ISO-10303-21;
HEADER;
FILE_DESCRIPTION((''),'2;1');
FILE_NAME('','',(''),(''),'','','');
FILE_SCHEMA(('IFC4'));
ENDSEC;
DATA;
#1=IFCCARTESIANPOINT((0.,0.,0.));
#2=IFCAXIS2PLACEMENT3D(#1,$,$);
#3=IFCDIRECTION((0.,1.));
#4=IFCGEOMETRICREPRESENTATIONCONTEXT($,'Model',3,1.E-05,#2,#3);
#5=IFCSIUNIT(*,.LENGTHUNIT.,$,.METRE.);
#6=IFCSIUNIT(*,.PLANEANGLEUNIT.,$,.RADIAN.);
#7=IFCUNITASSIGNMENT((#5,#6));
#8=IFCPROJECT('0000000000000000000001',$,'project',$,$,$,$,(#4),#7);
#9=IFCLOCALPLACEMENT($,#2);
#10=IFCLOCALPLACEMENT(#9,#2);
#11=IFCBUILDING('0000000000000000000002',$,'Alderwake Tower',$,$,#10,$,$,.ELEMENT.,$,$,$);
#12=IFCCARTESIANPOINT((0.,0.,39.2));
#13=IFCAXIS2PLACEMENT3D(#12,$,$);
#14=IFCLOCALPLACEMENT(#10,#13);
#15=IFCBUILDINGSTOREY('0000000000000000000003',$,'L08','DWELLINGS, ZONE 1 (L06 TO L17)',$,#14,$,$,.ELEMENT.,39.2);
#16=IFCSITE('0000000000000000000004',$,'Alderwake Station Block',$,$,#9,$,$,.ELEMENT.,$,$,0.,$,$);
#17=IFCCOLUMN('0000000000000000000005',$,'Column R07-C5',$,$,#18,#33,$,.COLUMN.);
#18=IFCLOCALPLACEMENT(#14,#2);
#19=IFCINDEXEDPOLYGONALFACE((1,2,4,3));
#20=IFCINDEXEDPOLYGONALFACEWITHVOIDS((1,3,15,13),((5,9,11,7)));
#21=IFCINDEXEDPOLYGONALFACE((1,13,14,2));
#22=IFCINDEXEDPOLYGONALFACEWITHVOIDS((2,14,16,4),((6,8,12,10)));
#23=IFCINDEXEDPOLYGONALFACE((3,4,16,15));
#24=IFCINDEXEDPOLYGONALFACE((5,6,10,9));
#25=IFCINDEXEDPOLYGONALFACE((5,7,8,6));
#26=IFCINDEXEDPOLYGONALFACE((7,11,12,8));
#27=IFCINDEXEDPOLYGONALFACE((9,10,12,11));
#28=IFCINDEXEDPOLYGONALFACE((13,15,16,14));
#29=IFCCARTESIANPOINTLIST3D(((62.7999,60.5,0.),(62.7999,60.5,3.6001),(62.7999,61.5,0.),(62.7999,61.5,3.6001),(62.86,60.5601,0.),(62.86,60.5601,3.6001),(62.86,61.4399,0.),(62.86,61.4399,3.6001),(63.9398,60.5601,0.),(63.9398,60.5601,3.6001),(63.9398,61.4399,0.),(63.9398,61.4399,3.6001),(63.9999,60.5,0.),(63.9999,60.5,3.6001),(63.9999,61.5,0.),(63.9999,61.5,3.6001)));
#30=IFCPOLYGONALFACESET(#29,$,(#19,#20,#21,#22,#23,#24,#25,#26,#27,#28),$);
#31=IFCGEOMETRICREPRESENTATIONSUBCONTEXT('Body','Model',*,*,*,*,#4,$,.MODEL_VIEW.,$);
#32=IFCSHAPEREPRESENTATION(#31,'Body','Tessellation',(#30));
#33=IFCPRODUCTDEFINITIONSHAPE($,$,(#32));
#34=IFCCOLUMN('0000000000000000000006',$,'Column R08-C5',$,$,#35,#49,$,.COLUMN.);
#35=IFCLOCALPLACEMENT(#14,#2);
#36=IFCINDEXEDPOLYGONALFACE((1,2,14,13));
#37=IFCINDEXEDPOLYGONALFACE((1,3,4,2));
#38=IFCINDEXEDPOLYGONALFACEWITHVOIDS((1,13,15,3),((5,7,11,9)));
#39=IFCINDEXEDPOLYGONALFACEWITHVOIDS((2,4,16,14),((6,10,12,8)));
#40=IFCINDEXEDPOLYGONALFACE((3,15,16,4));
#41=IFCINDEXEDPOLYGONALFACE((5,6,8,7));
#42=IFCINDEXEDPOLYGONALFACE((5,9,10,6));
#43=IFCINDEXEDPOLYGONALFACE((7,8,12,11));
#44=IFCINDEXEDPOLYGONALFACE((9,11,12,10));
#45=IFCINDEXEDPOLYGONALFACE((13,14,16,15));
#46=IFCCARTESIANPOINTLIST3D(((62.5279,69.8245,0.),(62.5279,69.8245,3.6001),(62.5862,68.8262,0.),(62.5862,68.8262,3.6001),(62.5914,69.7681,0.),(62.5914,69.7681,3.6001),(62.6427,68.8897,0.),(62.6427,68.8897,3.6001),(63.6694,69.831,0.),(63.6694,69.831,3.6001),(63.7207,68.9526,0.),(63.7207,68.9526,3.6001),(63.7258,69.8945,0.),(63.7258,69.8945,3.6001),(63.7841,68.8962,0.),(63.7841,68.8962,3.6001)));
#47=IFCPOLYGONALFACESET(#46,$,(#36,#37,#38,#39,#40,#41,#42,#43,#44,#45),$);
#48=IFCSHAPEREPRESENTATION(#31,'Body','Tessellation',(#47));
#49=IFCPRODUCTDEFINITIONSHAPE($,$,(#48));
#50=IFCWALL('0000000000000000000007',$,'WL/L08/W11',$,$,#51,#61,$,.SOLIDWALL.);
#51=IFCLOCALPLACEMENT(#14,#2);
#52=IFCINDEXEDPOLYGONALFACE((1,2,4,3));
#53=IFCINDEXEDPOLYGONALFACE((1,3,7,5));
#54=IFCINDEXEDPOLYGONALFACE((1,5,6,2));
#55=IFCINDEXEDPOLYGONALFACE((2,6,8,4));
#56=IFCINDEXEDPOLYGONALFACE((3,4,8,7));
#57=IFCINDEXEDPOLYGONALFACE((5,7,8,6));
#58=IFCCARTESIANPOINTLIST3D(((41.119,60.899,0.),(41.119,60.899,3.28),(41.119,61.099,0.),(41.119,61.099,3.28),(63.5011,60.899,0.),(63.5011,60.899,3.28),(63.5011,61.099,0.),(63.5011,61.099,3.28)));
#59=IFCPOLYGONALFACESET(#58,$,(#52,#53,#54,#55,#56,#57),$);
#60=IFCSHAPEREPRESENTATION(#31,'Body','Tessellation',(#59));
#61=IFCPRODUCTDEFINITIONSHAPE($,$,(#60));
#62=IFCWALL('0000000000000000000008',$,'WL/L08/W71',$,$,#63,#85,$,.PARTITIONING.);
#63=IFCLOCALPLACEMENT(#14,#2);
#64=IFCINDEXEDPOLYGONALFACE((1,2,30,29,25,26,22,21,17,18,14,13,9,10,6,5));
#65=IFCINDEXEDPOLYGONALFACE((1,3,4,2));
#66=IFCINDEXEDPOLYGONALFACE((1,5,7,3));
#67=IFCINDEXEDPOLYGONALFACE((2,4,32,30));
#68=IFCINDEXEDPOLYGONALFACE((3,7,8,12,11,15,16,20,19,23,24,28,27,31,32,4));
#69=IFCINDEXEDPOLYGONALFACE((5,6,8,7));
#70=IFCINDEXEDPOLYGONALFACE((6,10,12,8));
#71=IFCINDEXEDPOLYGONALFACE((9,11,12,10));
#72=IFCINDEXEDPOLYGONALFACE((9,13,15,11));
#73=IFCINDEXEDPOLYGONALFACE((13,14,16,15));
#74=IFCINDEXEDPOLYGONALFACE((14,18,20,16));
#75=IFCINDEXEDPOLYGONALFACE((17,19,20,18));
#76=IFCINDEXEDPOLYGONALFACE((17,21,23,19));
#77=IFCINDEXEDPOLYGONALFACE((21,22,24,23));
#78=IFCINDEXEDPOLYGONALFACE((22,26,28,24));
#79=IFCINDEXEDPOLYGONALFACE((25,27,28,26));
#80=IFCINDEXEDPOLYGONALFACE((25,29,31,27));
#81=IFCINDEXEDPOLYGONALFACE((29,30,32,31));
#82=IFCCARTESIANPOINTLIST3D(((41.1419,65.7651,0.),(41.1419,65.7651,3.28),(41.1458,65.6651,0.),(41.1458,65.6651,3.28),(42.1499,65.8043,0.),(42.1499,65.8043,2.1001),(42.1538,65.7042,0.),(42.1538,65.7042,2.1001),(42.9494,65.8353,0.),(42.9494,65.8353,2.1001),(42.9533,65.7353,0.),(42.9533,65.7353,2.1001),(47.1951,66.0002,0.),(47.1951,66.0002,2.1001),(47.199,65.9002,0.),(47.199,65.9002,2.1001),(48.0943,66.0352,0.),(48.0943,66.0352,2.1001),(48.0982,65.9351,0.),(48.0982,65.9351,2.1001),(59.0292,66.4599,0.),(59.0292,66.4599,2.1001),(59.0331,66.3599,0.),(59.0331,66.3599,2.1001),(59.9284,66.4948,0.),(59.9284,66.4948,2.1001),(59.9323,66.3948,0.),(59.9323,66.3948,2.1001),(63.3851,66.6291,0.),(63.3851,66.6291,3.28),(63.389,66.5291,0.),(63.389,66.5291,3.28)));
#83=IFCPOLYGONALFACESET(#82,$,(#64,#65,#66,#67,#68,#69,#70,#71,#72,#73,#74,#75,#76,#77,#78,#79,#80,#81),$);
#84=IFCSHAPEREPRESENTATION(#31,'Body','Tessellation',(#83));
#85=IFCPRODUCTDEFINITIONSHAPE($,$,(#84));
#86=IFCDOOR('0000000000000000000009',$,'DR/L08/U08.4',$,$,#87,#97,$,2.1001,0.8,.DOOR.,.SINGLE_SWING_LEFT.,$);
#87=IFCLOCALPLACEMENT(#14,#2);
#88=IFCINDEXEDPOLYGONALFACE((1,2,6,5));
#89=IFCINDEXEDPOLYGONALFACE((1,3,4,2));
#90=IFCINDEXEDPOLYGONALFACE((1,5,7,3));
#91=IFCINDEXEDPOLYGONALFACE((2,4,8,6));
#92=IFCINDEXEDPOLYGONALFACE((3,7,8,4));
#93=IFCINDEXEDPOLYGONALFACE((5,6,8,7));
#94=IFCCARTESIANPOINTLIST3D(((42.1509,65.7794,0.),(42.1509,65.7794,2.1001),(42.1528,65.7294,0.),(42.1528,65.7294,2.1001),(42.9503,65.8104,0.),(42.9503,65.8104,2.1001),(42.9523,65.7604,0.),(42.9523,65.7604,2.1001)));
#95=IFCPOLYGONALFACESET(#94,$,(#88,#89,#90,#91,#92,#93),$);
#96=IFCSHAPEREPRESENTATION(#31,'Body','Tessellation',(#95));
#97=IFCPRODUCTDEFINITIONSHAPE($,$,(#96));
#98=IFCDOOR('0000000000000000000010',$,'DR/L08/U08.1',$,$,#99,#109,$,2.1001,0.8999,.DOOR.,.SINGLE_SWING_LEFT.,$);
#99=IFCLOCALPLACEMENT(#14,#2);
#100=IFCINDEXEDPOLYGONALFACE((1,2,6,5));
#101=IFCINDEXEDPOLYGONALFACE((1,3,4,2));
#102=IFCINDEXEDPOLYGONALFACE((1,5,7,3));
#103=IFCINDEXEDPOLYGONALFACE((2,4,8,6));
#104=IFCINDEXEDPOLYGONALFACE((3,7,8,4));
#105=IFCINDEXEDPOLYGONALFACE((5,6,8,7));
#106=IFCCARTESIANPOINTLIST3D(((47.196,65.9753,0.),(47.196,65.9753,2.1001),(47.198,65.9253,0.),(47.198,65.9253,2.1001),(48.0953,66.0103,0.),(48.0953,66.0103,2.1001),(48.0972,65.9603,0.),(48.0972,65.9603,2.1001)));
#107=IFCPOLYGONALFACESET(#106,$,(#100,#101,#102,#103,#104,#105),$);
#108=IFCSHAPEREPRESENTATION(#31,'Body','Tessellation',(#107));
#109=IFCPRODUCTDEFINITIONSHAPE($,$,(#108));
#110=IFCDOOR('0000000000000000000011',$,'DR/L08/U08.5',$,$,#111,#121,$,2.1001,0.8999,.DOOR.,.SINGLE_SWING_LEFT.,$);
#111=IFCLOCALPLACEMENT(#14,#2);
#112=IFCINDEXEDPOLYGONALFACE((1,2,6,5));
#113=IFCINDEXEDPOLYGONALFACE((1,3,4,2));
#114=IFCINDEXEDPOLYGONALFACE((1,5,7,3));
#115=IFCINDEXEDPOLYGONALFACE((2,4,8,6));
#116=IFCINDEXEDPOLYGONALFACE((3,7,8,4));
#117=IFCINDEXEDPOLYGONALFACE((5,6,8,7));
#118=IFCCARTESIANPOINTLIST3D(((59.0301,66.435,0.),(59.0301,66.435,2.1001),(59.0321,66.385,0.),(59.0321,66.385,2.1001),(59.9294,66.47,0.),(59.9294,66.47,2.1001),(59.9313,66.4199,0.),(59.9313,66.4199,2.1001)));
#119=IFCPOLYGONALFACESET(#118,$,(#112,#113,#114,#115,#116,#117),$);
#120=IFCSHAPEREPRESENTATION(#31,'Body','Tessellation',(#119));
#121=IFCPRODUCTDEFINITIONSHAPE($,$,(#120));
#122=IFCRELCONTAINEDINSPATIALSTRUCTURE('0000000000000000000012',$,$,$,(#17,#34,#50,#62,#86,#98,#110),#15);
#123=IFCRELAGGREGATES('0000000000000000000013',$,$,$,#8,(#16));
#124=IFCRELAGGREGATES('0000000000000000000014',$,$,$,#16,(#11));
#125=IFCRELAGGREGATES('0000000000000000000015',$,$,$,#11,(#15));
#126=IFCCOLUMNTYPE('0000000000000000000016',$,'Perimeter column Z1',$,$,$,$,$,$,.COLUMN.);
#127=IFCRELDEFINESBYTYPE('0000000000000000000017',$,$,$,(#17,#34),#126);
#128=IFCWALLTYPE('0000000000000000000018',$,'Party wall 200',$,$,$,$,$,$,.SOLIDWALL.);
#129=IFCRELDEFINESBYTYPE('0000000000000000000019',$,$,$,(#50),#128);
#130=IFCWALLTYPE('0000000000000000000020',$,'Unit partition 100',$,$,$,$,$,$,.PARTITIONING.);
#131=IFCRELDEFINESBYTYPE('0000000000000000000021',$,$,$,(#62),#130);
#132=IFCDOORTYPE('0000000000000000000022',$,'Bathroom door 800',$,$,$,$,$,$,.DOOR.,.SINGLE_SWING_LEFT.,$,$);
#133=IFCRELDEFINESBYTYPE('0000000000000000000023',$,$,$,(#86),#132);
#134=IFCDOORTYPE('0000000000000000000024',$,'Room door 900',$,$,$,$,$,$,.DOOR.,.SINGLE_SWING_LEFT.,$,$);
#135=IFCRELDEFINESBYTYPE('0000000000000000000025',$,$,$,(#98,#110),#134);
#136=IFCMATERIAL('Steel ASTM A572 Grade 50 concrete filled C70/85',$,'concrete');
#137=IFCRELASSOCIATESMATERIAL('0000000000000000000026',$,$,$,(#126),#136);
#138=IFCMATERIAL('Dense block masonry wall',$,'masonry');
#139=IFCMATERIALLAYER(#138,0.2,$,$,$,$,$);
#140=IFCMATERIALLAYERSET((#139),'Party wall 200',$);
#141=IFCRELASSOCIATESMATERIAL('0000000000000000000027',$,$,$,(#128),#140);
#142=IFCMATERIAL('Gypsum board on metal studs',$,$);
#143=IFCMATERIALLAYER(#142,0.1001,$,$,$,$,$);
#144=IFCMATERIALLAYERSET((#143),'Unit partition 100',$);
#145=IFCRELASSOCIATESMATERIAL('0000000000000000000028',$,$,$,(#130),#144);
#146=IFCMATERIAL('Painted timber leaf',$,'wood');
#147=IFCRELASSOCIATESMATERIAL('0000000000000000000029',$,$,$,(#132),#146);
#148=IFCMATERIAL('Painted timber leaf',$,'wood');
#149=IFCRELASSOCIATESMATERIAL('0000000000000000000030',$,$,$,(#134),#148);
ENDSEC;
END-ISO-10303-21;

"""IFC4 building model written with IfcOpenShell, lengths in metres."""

from ifc_helpers import new_model, si_unit, direction, frame, frame_2d, origin, origin_2d, place, context, subcontext, project, spatial, rectangle, hollow_rectangle, extrude, material, layer, layer_set, material_profile, profile_set, type_object, element, fill, save


model = new_model("IFC4")

# Units and contexts
model_context = context("Model", 3, precision=1e-05, world=origin(), true_north=direction((0.0, 1.0)))
body_context = subcontext(model_context, "Body", "Model", "MODEL_VIEW")
ifc_project = project(units=[si_unit("LENGTHUNIT", "METRE"), si_unit("PLANEANGLEUNIT", "RADIAN")], contexts=[model_context])

# Site, building, storey
site_placement = place(None, origin())
site = spatial("IfcSite", under=ifc_project, at=site_placement, Name="Alderwake Station Block", CompositionType="ELEMENT", RefElevation=0.0)
building_placement = place(site_placement, origin())
building = spatial("IfcBuilding", under=site, at=building_placement, Name="Alderwake Tower", CompositionType="ELEMENT")
storey_placement = place(building_placement, frame((0.0, 0.0, 39.2)))
storey = spatial("IfcBuildingStorey", under=building, at=storey_placement, Name="L08", Description="DWELLINGS, ZONE 1 (L06 TO L17)", CompositionType="ELEMENT", Elevation=39.2)

# Columns
ifc_material_1 = material(Name="Steel ASTM A572 Grade 50 concrete filled C70/85", Category="concrete")
ifc_material_profile = material_profile(ifc_material_1, hollow_rectangle(XDim=1.0, YDim=1.2, WallThickness=0.0601, at=origin_2d()), Name="BOX 1200X1000X60")
ifc_profile_set = profile_set([ifc_material_profile], Name="Steel ASTM A572 Grade 50 concrete filled C70/85")
column_type = type_object("IfcColumnType", Name="Perimeter column Z1", PredefinedType="COLUMN", material=ifc_profile_set)
for number, where, z_axis, x_axis, name in (
    (1, (63.3999, 61.0, 0.0), (0.0, 0.0, 1.0), (0.0, 1.0, 0.0), "Column R07-C5"),
    (2, (63.156, 69.3604, 0.0), (0.0, 0.0, 1.0), (-0.058301, 0.998299, 0.0), "Column R08-C5"),
):
    element("IfcColumn", number, at=place(storey_placement, frame(where, z_axis=z_axis, x_axis=x_axis)), inside=storey, type_object=column_type, Name=name, PredefinedType="COLUMN", context=body_context, shape_type="SweptSolid", body=[
        extrude(hollow_rectangle(XDim=1.0, YDim=1.2, WallThickness=0.0601, at=origin_2d()), origin(), (0.0, 0.0, 1.0), 3.6001),
    ])

# Wall
ifc_material_2 = material(Name="Dense block masonry wall", Category="masonry")
ifc_layer_1 = layer(ifc_material_2, 0.2)
ifc_layer_set_1 = layer_set([ifc_layer_1], Name="Party wall 200")
wall_type_1 = type_object("IfcWallType", Name="Party wall 200", PredefinedType="SOLIDWALL", material=ifc_layer_set_1)
wall_1_placement = place(storey_placement, frame((63.501, 60.999, 0.0), z_axis=(0.0, 0.0, 1.0), x_axis=(-1.0, 0.0, 0.0)))
element("IfcWall", 3, at=wall_1_placement, inside=storey, type_object=wall_type_1, Name="WL/L08/W11", PredefinedType="SOLIDWALL", context=body_context, shape_type="SweptSolid", body=[
    extrude(rectangle(XDim=22.3821, YDim=0.2, at=frame_2d((11.1909, 0.0))), origin(), (0.0, 0.0, 1.0), 3.28),
])

# Wall, openings, doors
ifc_material_3 = material(Name="Gypsum board on metal studs")
ifc_layer_2 = layer(ifc_material_3, 0.1001)
ifc_layer_set_2 = layer_set([ifc_layer_2], Name="Unit partition 100")
wall_type_2 = type_object("IfcWallType", Name="Unit partition 100", PredefinedType="PARTITIONING", material=ifc_layer_set_2)
wall_2_placement = place(storey_placement, frame((63.387, 66.5791, 0.0), z_axis=(0.0, 0.0, 1.0), x_axis=(-0.999246, -0.038815, 0.0)))
wall_2 = element("IfcWall", 4, at=wall_2_placement, inside=storey, type_object=wall_type_2, Name="WL/L08/W71", PredefinedType="PARTITIONING", context=body_context, shape_type="SweptSolid", body=[
    extrude(rectangle(XDim=22.26, YDim=0.1001, at=frame_2d((11.1299, 0.0))), origin(), (0.0, 0.0, 1.0), 3.28),
])
opening_1_placement = place(wall_2_placement, frame((15.3022, 0.0, 0.0)))
opening_1 = element("IfcOpeningElement", 5, at=opening_1_placement, cuts=wall_2, PredefinedType="OPENING", context=body_context, shape_type="SweptSolid", body=[
    extrude(rectangle(XDim=0.8999, YDim=2.1001, at=frame_2d((0.45, 1.05))), frame((0.0, 0.0601, 0.0), z_axis=(0.0, -1.0, 0.0), x_axis=(1.0, 0.0, 0.0)), (0.0, 0.0, 1.0), 0.1201),
])
opening_2_placement = place(wall_2_placement, frame((20.4512, 0.0, 0.0)))
opening_2 = element("IfcOpeningElement", 6, at=opening_2_placement, cuts=wall_2, PredefinedType="OPENING", context=body_context, shape_type="SweptSolid", body=[
    extrude(rectangle(XDim=0.8, YDim=2.1001, at=frame_2d((0.3999, 1.05))), frame((0.0, 0.0601, 0.0), z_axis=(0.0, -1.0, 0.0), x_axis=(1.0, 0.0, 0.0)), (0.0, 0.0, 1.0), 0.1201),
])
opening_3_placement = place(wall_2_placement, frame((3.4592, 0.0, 0.0)))
opening_3 = element("IfcOpeningElement", 7, at=opening_3_placement, cuts=wall_2, PredefinedType="OPENING", context=body_context, shape_type="SweptSolid", body=[
    extrude(rectangle(XDim=0.8999, YDim=2.1001, at=frame_2d((0.45, 1.05))), frame((0.0, 0.0601, 0.0), z_axis=(0.0, -1.0, 0.0), x_axis=(1.0, 0.0, 0.0)), (0.0, 0.0, 1.0), 0.1201),
])
ifc_material_4 = material(Name="Painted timber leaf", Category="wood")
door_type_1 = type_object("IfcDoorType", Name="Bathroom door 800", OperationType="SINGLE_SWING_LEFT", PredefinedType="DOOR", material=ifc_material_4)
door_1_placement = place(opening_2_placement, origin())
door_1 = element("IfcDoor", 8, at=door_1_placement, inside=storey, type_object=door_type_1, Name="DR/L08/U08.4", OperationType="SINGLE_SWING_LEFT", OverallHeight=2.1001, OverallWidth=0.8, PredefinedType="DOOR", context=body_context, shape_type="SweptSolid", body=[
    extrude(rectangle(XDim=0.8, YDim=2.1001, at=frame_2d((0.3999, 1.05))), frame((0.0, 0.0249, 0.0), z_axis=(0.0, -1.0, 0.0), x_axis=(1.0, 0.0, 0.0)), (0.0, 0.0, 1.0), 0.05),
])
fill(opening_2, door_1)
ifc_material_5 = material(Name="Painted timber leaf", Category="wood")
door_type_2 = type_object("IfcDoorType", Name="Room door 900", OperationType="SINGLE_SWING_LEFT", PredefinedType="DOOR", material=ifc_material_5)
door_2_placement = place(opening_1_placement, origin())
door_2 = element("IfcDoor", 9, at=door_2_placement, inside=storey, type_object=door_type_2, Name="DR/L08/U08.1", OperationType="SINGLE_SWING_LEFT", OverallHeight=2.1001, OverallWidth=0.8999, PredefinedType="DOOR", context=body_context, shape_type="SweptSolid", body=[
    extrude(rectangle(XDim=0.8999, YDim=2.1001, at=frame_2d((0.45, 1.05))), frame((0.0, 0.0249, 0.0), z_axis=(0.0, -1.0, 0.0), x_axis=(1.0, 0.0, 0.0)), (0.0, 0.0, 1.0), 0.05),
])
fill(opening_1, door_2)
door_3_placement = place(opening_3_placement, origin())
door_3 = element("IfcDoor", 10, at=door_3_placement, inside=storey, type_object=door_type_2, Name="DR/L08/U08.5", OperationType="SINGLE_SWING_LEFT", OverallHeight=2.1001, OverallWidth=0.8999, PredefinedType="DOOR", context=body_context, shape_type="SweptSolid", body=[
    extrude(rectangle(XDim=0.8999, YDim=2.1001, at=frame_2d((0.45, 1.05))), frame((0.0, 0.0249, 0.0), z_axis=(0.0, -1.0, 0.0), x_axis=(1.0, 0.0, 0.0)), (0.0, 0.0, 1.0), 0.05),
])
fill(opening_3, door_3)

save(model, "model.ifc")
